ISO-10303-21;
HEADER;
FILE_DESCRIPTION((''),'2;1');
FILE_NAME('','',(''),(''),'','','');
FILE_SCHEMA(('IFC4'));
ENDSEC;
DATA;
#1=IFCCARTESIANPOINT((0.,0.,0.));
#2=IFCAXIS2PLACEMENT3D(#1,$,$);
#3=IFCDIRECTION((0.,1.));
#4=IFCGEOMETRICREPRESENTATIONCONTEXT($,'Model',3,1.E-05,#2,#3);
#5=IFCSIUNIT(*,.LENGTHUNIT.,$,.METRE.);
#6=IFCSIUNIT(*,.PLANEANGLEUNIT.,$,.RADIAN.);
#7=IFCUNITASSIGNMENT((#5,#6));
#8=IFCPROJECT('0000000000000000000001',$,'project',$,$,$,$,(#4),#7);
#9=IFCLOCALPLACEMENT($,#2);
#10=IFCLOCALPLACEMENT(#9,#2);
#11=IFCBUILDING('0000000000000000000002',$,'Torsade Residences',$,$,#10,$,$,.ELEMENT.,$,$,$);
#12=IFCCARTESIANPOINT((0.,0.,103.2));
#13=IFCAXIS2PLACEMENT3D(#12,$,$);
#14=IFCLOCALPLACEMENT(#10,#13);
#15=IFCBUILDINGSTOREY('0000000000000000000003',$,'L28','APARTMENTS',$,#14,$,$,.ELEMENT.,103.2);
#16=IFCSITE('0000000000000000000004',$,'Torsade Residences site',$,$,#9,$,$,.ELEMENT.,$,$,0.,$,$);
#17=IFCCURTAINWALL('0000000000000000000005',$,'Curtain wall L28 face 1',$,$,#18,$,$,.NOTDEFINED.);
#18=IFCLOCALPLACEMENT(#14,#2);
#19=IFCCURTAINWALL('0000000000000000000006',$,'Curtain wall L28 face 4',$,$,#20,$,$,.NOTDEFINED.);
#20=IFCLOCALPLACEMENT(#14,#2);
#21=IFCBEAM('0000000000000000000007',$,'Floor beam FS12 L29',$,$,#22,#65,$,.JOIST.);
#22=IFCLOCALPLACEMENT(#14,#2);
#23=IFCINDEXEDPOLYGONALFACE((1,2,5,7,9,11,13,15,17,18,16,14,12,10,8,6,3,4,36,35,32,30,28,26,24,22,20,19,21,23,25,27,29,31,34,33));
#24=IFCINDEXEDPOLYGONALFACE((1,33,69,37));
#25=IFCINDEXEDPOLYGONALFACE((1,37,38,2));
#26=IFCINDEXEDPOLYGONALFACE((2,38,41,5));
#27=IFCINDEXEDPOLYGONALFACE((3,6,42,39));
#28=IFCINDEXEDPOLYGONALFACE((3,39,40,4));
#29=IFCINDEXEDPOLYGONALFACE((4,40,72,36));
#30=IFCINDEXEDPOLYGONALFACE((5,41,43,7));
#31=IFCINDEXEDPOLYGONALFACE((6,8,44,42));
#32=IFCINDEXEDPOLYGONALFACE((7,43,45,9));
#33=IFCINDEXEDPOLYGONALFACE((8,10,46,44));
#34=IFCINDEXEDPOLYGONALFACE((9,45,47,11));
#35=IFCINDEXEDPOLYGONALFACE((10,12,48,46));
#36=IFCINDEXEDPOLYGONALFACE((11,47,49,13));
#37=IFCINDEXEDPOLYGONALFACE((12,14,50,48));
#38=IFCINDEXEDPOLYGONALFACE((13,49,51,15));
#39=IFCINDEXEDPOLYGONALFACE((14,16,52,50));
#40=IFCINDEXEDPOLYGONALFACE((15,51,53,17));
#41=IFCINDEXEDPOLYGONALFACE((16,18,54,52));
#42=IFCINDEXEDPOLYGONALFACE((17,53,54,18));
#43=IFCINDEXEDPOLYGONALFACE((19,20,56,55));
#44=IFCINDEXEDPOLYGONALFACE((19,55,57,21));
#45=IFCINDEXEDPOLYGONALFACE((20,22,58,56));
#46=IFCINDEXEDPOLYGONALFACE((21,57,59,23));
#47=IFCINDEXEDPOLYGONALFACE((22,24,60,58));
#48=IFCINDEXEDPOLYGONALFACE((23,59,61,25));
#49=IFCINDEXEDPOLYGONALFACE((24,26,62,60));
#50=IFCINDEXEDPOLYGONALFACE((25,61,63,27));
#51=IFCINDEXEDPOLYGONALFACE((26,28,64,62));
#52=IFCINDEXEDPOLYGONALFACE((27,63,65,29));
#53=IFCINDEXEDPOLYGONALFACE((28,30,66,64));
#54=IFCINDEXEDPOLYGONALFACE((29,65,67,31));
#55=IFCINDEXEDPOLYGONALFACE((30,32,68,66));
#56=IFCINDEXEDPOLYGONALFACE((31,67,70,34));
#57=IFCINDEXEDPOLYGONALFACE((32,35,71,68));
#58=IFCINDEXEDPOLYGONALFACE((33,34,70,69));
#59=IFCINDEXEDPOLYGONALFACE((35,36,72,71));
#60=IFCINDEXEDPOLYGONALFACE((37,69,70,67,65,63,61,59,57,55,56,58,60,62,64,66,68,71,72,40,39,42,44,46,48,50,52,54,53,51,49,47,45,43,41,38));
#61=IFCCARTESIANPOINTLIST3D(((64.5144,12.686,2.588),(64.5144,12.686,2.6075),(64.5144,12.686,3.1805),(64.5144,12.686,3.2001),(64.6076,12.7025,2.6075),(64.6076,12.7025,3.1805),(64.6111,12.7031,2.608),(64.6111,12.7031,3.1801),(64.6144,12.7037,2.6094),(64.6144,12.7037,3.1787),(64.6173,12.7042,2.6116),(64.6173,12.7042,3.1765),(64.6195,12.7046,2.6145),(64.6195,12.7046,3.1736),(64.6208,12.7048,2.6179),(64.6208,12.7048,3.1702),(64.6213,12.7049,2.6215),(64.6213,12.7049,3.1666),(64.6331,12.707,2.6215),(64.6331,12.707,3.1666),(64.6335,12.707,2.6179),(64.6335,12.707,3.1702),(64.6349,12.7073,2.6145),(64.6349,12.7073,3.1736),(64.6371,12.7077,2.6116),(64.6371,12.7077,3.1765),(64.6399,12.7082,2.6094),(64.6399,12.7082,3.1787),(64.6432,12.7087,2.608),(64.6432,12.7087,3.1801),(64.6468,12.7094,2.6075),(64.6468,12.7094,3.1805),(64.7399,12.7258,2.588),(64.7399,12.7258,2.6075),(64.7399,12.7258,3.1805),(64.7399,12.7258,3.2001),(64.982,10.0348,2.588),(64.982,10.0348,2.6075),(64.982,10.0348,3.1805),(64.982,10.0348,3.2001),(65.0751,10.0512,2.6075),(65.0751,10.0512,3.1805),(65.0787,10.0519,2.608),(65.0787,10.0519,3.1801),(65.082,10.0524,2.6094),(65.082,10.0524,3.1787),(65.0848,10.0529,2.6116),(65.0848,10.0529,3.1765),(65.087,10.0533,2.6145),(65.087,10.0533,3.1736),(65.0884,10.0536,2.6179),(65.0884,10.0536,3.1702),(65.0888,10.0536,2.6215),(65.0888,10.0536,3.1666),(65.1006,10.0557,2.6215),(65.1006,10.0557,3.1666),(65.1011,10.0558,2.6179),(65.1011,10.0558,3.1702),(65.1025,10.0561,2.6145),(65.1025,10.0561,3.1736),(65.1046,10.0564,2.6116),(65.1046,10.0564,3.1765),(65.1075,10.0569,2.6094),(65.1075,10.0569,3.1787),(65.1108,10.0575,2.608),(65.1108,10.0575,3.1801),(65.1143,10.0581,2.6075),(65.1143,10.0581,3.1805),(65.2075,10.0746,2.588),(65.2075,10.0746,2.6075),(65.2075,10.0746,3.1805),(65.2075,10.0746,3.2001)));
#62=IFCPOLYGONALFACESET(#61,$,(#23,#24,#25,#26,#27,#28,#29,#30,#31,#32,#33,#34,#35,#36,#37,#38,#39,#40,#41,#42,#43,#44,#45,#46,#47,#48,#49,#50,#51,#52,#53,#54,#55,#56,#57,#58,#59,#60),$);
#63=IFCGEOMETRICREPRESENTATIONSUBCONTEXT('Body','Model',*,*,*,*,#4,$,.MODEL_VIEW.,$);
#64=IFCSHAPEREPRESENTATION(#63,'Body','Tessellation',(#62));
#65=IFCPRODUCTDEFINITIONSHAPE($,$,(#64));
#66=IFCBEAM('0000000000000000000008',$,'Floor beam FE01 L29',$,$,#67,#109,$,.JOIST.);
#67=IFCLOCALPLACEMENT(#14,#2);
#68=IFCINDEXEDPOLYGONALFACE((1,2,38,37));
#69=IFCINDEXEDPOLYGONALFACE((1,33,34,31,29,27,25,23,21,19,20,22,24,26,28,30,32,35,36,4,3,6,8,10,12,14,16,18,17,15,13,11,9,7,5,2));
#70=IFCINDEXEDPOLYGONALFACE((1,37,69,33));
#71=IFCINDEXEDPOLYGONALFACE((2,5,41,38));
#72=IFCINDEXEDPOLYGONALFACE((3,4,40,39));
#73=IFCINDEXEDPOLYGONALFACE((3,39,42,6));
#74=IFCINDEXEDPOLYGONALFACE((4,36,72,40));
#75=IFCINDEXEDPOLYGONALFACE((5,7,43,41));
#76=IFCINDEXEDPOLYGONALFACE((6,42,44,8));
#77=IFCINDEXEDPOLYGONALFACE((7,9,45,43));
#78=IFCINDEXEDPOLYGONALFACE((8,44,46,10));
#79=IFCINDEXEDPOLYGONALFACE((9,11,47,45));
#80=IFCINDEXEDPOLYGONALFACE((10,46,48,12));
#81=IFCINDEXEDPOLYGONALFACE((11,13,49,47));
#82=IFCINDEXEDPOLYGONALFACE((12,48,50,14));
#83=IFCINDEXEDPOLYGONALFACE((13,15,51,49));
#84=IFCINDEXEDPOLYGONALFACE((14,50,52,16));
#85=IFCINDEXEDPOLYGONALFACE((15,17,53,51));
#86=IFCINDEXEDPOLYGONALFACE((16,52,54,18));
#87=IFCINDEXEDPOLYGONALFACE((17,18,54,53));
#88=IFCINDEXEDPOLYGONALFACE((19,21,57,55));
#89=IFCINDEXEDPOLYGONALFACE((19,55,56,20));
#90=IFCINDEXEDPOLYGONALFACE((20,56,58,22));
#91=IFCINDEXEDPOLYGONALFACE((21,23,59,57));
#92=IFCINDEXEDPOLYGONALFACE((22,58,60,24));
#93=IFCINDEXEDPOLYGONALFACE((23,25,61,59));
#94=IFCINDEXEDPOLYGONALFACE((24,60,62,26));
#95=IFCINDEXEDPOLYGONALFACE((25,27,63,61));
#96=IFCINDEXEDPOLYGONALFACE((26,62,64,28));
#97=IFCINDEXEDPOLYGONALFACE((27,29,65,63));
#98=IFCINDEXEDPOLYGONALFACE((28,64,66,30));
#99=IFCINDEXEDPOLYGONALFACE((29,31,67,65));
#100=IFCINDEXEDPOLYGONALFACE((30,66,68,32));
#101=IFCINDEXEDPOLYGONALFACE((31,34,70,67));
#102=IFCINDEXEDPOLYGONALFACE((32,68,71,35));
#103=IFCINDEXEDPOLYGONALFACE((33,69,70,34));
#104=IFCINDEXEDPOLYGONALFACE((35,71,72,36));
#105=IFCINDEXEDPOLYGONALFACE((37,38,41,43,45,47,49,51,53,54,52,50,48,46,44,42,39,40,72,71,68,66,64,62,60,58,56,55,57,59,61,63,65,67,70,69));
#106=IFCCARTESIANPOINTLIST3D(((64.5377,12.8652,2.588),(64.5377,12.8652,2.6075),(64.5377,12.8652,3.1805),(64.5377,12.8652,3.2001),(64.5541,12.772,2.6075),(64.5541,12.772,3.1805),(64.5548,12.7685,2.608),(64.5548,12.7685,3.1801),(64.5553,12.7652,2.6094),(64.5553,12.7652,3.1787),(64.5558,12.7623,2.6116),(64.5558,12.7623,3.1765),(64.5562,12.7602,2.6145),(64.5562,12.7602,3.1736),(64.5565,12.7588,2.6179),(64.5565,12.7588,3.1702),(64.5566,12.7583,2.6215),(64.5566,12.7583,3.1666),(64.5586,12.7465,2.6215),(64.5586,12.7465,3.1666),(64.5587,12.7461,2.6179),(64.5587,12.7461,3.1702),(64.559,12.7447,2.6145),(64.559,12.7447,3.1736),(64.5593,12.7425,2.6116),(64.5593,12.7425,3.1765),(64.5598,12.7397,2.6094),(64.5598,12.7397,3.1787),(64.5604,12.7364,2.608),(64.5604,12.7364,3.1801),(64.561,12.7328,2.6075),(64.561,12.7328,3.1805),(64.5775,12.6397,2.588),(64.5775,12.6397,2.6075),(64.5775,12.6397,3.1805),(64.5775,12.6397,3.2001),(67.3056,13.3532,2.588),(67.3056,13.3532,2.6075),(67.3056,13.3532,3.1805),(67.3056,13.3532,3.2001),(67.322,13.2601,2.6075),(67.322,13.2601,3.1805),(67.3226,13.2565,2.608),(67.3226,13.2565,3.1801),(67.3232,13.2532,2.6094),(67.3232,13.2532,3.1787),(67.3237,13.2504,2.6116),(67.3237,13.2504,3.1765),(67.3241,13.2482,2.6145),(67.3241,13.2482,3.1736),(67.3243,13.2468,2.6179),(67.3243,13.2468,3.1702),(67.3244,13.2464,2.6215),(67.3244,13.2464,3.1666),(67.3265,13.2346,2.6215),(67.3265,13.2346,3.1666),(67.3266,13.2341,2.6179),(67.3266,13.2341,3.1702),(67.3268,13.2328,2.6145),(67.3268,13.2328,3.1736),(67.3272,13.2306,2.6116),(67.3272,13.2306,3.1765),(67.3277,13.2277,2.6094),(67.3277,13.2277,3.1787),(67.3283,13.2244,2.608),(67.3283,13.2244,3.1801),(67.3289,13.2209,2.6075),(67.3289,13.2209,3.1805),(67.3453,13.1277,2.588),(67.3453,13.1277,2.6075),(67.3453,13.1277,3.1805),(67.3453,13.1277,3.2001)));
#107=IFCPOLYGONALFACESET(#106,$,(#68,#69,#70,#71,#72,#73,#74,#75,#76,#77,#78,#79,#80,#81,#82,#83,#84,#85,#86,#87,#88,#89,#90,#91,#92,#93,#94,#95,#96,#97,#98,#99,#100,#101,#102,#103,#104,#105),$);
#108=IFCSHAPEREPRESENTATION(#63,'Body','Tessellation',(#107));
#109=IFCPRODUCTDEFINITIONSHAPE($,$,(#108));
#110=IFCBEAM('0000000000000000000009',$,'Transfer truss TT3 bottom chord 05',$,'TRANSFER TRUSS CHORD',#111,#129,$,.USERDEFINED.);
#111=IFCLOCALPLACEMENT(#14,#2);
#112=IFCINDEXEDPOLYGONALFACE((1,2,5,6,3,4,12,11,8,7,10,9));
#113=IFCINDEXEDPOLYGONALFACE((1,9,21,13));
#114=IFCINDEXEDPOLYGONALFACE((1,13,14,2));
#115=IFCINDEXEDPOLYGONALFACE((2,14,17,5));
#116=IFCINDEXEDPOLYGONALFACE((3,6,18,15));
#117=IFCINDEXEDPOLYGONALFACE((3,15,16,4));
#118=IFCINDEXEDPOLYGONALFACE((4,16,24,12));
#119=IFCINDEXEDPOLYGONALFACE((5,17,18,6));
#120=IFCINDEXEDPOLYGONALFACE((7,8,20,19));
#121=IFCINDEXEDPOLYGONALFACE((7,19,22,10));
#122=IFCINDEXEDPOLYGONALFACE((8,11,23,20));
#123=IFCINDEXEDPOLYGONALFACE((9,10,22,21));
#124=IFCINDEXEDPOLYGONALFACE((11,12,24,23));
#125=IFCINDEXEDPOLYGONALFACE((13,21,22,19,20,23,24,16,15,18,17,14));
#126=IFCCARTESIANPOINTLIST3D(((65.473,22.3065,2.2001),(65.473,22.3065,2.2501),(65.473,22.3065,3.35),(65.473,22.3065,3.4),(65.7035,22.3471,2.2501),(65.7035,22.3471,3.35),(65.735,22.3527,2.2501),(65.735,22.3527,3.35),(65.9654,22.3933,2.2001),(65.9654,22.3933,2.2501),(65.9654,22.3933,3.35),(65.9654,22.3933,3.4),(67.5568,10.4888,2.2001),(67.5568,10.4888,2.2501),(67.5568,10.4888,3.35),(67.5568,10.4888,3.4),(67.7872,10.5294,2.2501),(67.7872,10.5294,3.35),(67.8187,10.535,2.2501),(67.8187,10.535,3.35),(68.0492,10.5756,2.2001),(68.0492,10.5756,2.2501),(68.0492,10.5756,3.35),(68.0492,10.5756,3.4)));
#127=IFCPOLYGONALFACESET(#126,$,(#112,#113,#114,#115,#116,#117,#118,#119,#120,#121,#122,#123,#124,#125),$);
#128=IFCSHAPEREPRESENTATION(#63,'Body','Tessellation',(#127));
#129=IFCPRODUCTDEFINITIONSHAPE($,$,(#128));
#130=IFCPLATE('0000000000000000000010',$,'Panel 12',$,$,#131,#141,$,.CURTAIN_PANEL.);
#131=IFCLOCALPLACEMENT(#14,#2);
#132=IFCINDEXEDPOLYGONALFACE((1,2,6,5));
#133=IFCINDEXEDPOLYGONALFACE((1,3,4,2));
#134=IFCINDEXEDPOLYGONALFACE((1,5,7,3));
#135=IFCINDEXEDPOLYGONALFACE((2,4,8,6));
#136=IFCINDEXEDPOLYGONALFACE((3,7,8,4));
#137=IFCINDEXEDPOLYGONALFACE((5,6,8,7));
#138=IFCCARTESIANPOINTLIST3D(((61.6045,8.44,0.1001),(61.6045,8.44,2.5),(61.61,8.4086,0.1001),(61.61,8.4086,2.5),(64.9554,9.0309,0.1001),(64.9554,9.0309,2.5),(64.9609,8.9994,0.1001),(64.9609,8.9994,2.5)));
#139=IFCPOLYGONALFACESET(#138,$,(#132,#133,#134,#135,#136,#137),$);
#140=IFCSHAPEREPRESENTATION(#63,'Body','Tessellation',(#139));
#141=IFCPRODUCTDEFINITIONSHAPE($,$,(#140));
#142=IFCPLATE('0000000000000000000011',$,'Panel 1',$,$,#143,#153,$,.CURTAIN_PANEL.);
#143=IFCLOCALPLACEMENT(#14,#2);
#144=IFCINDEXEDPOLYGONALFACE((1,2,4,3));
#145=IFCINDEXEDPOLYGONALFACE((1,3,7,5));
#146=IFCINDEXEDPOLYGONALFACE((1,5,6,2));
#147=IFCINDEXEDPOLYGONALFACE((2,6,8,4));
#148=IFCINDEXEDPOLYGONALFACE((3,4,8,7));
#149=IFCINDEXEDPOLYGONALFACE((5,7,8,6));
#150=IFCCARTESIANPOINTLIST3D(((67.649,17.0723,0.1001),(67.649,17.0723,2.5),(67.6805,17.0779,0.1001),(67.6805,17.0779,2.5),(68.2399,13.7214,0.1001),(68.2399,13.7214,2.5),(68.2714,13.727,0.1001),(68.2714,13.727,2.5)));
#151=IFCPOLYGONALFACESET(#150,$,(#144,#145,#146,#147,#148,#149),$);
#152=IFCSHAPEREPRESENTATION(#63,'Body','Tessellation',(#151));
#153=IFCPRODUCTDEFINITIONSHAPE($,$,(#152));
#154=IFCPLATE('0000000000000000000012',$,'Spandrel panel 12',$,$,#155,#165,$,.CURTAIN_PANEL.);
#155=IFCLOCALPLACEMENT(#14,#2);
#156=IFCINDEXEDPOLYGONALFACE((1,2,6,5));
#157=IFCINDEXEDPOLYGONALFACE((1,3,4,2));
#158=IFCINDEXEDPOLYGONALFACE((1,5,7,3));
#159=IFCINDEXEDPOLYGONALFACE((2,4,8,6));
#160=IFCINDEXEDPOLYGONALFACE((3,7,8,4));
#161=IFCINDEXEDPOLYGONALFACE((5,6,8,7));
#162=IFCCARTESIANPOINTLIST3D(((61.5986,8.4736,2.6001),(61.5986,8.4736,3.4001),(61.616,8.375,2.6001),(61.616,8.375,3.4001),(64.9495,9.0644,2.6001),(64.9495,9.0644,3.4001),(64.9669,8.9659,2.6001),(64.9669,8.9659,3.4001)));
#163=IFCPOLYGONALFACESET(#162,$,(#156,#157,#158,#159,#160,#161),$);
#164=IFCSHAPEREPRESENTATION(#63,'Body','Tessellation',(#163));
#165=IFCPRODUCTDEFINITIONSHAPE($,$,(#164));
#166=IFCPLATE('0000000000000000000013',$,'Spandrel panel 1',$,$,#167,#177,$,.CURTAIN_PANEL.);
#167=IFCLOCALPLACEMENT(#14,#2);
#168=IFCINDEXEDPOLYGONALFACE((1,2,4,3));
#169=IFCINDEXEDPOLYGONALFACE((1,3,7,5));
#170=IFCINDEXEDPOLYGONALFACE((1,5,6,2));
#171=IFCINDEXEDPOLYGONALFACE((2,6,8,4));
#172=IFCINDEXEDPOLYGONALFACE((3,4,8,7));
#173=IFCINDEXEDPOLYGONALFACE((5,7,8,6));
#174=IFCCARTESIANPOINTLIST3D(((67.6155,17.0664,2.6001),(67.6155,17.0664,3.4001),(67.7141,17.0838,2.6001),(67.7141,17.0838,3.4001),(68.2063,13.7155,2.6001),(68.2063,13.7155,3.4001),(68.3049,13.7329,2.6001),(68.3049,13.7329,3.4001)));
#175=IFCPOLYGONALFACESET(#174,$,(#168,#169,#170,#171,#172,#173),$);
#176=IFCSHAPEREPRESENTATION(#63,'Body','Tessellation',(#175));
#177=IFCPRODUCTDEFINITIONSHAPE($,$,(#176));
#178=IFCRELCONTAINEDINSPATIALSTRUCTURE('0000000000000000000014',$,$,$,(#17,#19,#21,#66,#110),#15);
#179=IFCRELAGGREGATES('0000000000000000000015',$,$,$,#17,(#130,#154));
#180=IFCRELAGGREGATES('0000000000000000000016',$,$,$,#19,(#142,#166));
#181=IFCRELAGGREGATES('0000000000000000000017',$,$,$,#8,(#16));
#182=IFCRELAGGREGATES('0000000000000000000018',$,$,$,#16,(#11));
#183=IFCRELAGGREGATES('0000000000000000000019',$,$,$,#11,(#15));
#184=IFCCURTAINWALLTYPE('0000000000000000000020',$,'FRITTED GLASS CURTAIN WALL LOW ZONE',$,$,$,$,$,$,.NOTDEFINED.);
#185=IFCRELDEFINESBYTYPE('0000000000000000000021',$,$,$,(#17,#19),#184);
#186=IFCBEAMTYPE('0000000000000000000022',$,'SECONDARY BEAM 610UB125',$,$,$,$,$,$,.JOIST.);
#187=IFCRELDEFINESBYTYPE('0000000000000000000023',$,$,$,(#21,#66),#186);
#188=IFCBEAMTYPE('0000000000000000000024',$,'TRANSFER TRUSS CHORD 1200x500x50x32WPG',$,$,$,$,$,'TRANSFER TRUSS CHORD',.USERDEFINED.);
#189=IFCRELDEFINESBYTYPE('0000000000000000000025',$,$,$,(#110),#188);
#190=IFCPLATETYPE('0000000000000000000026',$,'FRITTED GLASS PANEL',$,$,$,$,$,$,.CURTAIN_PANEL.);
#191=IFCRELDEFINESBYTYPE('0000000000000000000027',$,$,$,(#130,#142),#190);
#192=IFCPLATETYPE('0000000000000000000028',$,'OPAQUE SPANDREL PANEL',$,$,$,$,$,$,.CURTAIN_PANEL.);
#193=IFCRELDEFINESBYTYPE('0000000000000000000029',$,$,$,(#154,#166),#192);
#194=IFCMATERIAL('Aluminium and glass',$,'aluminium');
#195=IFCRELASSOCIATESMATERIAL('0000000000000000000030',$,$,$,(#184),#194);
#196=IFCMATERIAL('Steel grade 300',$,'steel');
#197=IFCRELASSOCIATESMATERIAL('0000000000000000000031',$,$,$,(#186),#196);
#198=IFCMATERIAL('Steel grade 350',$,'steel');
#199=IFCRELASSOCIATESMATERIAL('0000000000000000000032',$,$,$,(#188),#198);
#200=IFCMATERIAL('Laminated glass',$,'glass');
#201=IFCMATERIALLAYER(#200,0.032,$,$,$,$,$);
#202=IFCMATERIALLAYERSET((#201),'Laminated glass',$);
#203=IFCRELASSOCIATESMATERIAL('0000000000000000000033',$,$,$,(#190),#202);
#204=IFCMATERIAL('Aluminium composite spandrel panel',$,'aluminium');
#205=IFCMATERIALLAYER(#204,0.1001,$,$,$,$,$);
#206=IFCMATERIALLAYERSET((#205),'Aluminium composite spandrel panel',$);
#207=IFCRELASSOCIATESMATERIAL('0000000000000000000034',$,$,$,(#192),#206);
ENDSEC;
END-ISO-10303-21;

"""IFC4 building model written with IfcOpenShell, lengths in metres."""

from ifc_helpers import new_model, si_unit, direction, frame, origin, origin_2d, place, context, subcontext, project, spatial, rectangle, i_section, extrude, material, layer, layer_set, material_profile, profile_set, type_object, element, aggregate, save


model = new_model("IFC4")

# Units and contexts
model_context = context("Model", 3, precision=1e-05, world=origin(), true_north=direction((0.0, 1.0)))
body_context = subcontext(model_context, "Body", "Model", "MODEL_VIEW")
ifc_project = project(units=[si_unit("LENGTHUNIT", "METRE"), si_unit("PLANEANGLEUNIT", "RADIAN")], contexts=[model_context])

# Site, building, storey
site_placement = place(None, origin())
site = spatial("IfcSite", under=ifc_project, at=site_placement, Name="Torsade Residences site", CompositionType="ELEMENT", RefElevation=0.0)
building_placement = place(site_placement, origin())
building = spatial("IfcBuilding", under=site, at=building_placement, Name="Torsade Residences", CompositionType="ELEMENT")
storey_placement = place(building_placement, frame((0.0, 0.0, 103.2)))
storey = spatial("IfcBuildingStorey", under=building, at=storey_placement, Name="L28", Description="APARTMENTS", CompositionType="ELEMENT", Elevation=103.2)

# Curtain wall
ifc_material_1 = material(Name="Aluminium and glass", Category="aluminium")
curtain_wall_type = type_object("IfcCurtainWallType", Name="FRITTED GLASS CURTAIN WALL LOW ZONE", PredefinedType="NOTDEFINED", material=ifc_material_1)
curtain_wall_1_placement = place(storey_placement, origin())
curtain_wall_1 = element("IfcCurtainWall", 1, at=curtain_wall_1_placement, inside=storey, type_object=curtain_wall_type, Name="Curtain wall L28 face 1", PredefinedType="NOTDEFINED")

# Curtain wall
curtain_wall_2_placement = place(storey_placement, origin())
curtain_wall_2 = element("IfcCurtainWall", 2, at=curtain_wall_2_placement, inside=storey, type_object=curtain_wall_type, Name="Curtain wall L28 face 4", PredefinedType="NOTDEFINED")

# Beams
ifc_material_2 = material(Name="Steel grade 300", Category="steel")
ifc_material_profile_1 = material_profile(ifc_material_2, i_section(OverallWidth=0.229, OverallDepth=0.6121, WebThickness=0.012, FlangeThickness=0.0195, FilletRadius=0.0139, at=origin_2d()), Name="610UB125")
ifc_profile_set_1 = profile_set([ifc_material_profile_1], Name="Steel grade 300")
beam_type_1 = type_object("IfcBeamType", Name="SECONDARY BEAM 610UB125", PredefinedType="JOIST", material=ifc_profile_set_1)
beam_1_placement = place(storey_placement, frame((65.0947, 10.0547, 2.894), z_axis=(-0.173672, 0.984804, 0.0), x_axis=(-0.984804, -0.173672, 0.0)))
element("IfcBeam", 3, at=beam_1_placement, inside=storey, type_object=beam_type_1, Name="Floor beam FS12 L29", PredefinedType="JOIST", context=body_context, shape_type="SweptSolid", body=[
    extrude(i_section(OverallWidth=0.229, OverallDepth=0.6121, WebThickness=0.012, FlangeThickness=0.0195, FilletRadius=0.0139, at=origin_2d()), origin(), (0.0, 0.0, 1.0), 2.6921),
])
beam_2_placement = place(storey_placement, frame((67.3254, 13.2405, 2.894), z_axis=(-0.984808, -0.173647, 0.0), x_axis=(0.173647, -0.984808, 0.0)))
element("IfcBeam", 4, at=beam_2_placement, inside=storey, type_object=beam_type_1, Name="Floor beam FE01 L29", PredefinedType="JOIST", context=body_context, shape_type="SweptSolid", body=[
    extrude(i_section(OverallWidth=0.229, OverallDepth=0.6121, WebThickness=0.012, FlangeThickness=0.0195, FilletRadius=0.0139, at=origin_2d()), origin(), (0.0, 0.0, 1.0), 2.8105),
])
ifc_material_3 = material(Name="Steel grade 350", Category="steel")
ifc_material_profile_2 = material_profile(ifc_material_3, i_section(OverallWidth=0.5, OverallDepth=1.2, WebThickness=0.032, FlangeThickness=0.05, at=origin_2d()), Name="1200x500x50x32WPG")
ifc_profile_set_2 = profile_set([ifc_material_profile_2], Name="Steel grade 350")
beam_type_2 = type_object("IfcBeamType", Name="TRANSFER TRUSS CHORD 1200x500x50x32WPG", ElementType="TRANSFER TRUSS CHORD", PredefinedType="USERDEFINED", material=ifc_profile_set_2)
beam_3_placement = place(storey_placement, frame((67.803, 10.5322, 2.8), z_axis=(-0.173646, 0.984808, 0.0), x_axis=(-0.984808, -0.173646, 0.0)))
element("IfcBeam", 5, at=beam_3_placement, inside=storey, type_object=beam_type_2, Name="Transfer truss TT3 bottom chord 05", ObjectType="TRANSFER TRUSS CHORD", PredefinedType="USERDEFINED", context=body_context, shape_type="SweptSolid", body=[
    extrude(i_section(OverallWidth=0.5, OverallDepth=1.2, WebThickness=0.032, FlangeThickness=0.05, at=origin_2d()), origin(), (0.0, 0.0, 1.0), 12.0),
])

# Plates
ifc_material_4 = material(Name="Laminated glass", Category="glass")
ifc_layer_1 = layer(ifc_material_4, 0.032)
ifc_layer_set_1 = layer_set([ifc_layer_1], Name="Laminated glass")
plate_type_1 = type_object("IfcPlateType", Name="FRITTED GLASS PANEL", PredefinedType="CURTAIN_PANEL", material=ifc_layer_set_1)
plate_1_placement = place(storey_placement, frame((63.2827, 8.7197, 0.1001), z_axis=(0.0, 0.0, 1.0), x_axis=(0.984808, 0.173648, 0.0)))
plate_1 = element("IfcPlate", 6, at=plate_1_placement, type_object=plate_type_1, Name="Panel 12", PredefinedType="CURTAIN_PANEL", context=body_context, shape_type="SweptSolid", body=[
    extrude(rectangle(XDim=3.4026, YDim=0.032, at=origin_2d()), origin(), (0.0, 0.0, 1.0), 2.3999),
])
plate_2_placement = place(storey_placement, frame((67.9602, 15.3997, 0.1001), z_axis=(0.0, 0.0, 1.0), x_axis=(-0.173648, 0.984808, 0.0)))
plate_2 = element("IfcPlate", 7, at=plate_2_placement, type_object=plate_type_1, Name="Panel 1", PredefinedType="CURTAIN_PANEL", context=body_context, shape_type="SweptSolid", body=[
    extrude(rectangle(XDim=3.4026, YDim=0.032, at=origin_2d()), origin(), (0.0, 0.0, 1.0), 2.3999),
])
ifc_material_5 = material(Name="Aluminium composite spandrel panel", Category="aluminium")
ifc_layer_2 = layer(ifc_material_5, 0.1001)
ifc_layer_set_2 = layer_set([ifc_layer_2], Name="Aluminium composite spandrel panel")
plate_type_2 = type_object("IfcPlateType", Name="OPAQUE SPANDREL PANEL", PredefinedType="CURTAIN_PANEL", material=ifc_layer_set_2)
plate_3_placement = place(storey_placement, frame((63.2827, 8.7197, 2.6001), z_axis=(0.0, 0.0, 1.0), x_axis=(0.984808, 0.173648, 0.0)))
plate_3 = element("IfcPlate", 8, at=plate_3_placement, type_object=plate_type_2, Name="Spandrel panel 12", PredefinedType="CURTAIN_PANEL", context=body_context, shape_type="SweptSolid", body=[
    extrude(rectangle(XDim=3.4026, YDim=0.1001, at=origin_2d()), origin(), (0.0, 0.0, 1.0), 0.8),
])
aggregate(curtain_wall_1, [plate_1, plate_3])
plate_4_placement = place(storey_placement, frame((67.9602, 15.3997, 2.6001), z_axis=(0.0, 0.0, 1.0), x_axis=(-0.173648, 0.984808, 0.0)))
plate_4 = element("IfcPlate", 9, at=plate_4_placement, type_object=plate_type_2, Name="Spandrel panel 1", PredefinedType="CURTAIN_PANEL", context=body_context, shape_type="SweptSolid", body=[
    extrude(rectangle(XDim=3.4026, YDim=0.1001, at=origin_2d()), origin(), (0.0, 0.0, 1.0), 0.8),
])
aggregate(curtain_wall_2, [plate_2, plate_4])

save(model, "model.ifc")
